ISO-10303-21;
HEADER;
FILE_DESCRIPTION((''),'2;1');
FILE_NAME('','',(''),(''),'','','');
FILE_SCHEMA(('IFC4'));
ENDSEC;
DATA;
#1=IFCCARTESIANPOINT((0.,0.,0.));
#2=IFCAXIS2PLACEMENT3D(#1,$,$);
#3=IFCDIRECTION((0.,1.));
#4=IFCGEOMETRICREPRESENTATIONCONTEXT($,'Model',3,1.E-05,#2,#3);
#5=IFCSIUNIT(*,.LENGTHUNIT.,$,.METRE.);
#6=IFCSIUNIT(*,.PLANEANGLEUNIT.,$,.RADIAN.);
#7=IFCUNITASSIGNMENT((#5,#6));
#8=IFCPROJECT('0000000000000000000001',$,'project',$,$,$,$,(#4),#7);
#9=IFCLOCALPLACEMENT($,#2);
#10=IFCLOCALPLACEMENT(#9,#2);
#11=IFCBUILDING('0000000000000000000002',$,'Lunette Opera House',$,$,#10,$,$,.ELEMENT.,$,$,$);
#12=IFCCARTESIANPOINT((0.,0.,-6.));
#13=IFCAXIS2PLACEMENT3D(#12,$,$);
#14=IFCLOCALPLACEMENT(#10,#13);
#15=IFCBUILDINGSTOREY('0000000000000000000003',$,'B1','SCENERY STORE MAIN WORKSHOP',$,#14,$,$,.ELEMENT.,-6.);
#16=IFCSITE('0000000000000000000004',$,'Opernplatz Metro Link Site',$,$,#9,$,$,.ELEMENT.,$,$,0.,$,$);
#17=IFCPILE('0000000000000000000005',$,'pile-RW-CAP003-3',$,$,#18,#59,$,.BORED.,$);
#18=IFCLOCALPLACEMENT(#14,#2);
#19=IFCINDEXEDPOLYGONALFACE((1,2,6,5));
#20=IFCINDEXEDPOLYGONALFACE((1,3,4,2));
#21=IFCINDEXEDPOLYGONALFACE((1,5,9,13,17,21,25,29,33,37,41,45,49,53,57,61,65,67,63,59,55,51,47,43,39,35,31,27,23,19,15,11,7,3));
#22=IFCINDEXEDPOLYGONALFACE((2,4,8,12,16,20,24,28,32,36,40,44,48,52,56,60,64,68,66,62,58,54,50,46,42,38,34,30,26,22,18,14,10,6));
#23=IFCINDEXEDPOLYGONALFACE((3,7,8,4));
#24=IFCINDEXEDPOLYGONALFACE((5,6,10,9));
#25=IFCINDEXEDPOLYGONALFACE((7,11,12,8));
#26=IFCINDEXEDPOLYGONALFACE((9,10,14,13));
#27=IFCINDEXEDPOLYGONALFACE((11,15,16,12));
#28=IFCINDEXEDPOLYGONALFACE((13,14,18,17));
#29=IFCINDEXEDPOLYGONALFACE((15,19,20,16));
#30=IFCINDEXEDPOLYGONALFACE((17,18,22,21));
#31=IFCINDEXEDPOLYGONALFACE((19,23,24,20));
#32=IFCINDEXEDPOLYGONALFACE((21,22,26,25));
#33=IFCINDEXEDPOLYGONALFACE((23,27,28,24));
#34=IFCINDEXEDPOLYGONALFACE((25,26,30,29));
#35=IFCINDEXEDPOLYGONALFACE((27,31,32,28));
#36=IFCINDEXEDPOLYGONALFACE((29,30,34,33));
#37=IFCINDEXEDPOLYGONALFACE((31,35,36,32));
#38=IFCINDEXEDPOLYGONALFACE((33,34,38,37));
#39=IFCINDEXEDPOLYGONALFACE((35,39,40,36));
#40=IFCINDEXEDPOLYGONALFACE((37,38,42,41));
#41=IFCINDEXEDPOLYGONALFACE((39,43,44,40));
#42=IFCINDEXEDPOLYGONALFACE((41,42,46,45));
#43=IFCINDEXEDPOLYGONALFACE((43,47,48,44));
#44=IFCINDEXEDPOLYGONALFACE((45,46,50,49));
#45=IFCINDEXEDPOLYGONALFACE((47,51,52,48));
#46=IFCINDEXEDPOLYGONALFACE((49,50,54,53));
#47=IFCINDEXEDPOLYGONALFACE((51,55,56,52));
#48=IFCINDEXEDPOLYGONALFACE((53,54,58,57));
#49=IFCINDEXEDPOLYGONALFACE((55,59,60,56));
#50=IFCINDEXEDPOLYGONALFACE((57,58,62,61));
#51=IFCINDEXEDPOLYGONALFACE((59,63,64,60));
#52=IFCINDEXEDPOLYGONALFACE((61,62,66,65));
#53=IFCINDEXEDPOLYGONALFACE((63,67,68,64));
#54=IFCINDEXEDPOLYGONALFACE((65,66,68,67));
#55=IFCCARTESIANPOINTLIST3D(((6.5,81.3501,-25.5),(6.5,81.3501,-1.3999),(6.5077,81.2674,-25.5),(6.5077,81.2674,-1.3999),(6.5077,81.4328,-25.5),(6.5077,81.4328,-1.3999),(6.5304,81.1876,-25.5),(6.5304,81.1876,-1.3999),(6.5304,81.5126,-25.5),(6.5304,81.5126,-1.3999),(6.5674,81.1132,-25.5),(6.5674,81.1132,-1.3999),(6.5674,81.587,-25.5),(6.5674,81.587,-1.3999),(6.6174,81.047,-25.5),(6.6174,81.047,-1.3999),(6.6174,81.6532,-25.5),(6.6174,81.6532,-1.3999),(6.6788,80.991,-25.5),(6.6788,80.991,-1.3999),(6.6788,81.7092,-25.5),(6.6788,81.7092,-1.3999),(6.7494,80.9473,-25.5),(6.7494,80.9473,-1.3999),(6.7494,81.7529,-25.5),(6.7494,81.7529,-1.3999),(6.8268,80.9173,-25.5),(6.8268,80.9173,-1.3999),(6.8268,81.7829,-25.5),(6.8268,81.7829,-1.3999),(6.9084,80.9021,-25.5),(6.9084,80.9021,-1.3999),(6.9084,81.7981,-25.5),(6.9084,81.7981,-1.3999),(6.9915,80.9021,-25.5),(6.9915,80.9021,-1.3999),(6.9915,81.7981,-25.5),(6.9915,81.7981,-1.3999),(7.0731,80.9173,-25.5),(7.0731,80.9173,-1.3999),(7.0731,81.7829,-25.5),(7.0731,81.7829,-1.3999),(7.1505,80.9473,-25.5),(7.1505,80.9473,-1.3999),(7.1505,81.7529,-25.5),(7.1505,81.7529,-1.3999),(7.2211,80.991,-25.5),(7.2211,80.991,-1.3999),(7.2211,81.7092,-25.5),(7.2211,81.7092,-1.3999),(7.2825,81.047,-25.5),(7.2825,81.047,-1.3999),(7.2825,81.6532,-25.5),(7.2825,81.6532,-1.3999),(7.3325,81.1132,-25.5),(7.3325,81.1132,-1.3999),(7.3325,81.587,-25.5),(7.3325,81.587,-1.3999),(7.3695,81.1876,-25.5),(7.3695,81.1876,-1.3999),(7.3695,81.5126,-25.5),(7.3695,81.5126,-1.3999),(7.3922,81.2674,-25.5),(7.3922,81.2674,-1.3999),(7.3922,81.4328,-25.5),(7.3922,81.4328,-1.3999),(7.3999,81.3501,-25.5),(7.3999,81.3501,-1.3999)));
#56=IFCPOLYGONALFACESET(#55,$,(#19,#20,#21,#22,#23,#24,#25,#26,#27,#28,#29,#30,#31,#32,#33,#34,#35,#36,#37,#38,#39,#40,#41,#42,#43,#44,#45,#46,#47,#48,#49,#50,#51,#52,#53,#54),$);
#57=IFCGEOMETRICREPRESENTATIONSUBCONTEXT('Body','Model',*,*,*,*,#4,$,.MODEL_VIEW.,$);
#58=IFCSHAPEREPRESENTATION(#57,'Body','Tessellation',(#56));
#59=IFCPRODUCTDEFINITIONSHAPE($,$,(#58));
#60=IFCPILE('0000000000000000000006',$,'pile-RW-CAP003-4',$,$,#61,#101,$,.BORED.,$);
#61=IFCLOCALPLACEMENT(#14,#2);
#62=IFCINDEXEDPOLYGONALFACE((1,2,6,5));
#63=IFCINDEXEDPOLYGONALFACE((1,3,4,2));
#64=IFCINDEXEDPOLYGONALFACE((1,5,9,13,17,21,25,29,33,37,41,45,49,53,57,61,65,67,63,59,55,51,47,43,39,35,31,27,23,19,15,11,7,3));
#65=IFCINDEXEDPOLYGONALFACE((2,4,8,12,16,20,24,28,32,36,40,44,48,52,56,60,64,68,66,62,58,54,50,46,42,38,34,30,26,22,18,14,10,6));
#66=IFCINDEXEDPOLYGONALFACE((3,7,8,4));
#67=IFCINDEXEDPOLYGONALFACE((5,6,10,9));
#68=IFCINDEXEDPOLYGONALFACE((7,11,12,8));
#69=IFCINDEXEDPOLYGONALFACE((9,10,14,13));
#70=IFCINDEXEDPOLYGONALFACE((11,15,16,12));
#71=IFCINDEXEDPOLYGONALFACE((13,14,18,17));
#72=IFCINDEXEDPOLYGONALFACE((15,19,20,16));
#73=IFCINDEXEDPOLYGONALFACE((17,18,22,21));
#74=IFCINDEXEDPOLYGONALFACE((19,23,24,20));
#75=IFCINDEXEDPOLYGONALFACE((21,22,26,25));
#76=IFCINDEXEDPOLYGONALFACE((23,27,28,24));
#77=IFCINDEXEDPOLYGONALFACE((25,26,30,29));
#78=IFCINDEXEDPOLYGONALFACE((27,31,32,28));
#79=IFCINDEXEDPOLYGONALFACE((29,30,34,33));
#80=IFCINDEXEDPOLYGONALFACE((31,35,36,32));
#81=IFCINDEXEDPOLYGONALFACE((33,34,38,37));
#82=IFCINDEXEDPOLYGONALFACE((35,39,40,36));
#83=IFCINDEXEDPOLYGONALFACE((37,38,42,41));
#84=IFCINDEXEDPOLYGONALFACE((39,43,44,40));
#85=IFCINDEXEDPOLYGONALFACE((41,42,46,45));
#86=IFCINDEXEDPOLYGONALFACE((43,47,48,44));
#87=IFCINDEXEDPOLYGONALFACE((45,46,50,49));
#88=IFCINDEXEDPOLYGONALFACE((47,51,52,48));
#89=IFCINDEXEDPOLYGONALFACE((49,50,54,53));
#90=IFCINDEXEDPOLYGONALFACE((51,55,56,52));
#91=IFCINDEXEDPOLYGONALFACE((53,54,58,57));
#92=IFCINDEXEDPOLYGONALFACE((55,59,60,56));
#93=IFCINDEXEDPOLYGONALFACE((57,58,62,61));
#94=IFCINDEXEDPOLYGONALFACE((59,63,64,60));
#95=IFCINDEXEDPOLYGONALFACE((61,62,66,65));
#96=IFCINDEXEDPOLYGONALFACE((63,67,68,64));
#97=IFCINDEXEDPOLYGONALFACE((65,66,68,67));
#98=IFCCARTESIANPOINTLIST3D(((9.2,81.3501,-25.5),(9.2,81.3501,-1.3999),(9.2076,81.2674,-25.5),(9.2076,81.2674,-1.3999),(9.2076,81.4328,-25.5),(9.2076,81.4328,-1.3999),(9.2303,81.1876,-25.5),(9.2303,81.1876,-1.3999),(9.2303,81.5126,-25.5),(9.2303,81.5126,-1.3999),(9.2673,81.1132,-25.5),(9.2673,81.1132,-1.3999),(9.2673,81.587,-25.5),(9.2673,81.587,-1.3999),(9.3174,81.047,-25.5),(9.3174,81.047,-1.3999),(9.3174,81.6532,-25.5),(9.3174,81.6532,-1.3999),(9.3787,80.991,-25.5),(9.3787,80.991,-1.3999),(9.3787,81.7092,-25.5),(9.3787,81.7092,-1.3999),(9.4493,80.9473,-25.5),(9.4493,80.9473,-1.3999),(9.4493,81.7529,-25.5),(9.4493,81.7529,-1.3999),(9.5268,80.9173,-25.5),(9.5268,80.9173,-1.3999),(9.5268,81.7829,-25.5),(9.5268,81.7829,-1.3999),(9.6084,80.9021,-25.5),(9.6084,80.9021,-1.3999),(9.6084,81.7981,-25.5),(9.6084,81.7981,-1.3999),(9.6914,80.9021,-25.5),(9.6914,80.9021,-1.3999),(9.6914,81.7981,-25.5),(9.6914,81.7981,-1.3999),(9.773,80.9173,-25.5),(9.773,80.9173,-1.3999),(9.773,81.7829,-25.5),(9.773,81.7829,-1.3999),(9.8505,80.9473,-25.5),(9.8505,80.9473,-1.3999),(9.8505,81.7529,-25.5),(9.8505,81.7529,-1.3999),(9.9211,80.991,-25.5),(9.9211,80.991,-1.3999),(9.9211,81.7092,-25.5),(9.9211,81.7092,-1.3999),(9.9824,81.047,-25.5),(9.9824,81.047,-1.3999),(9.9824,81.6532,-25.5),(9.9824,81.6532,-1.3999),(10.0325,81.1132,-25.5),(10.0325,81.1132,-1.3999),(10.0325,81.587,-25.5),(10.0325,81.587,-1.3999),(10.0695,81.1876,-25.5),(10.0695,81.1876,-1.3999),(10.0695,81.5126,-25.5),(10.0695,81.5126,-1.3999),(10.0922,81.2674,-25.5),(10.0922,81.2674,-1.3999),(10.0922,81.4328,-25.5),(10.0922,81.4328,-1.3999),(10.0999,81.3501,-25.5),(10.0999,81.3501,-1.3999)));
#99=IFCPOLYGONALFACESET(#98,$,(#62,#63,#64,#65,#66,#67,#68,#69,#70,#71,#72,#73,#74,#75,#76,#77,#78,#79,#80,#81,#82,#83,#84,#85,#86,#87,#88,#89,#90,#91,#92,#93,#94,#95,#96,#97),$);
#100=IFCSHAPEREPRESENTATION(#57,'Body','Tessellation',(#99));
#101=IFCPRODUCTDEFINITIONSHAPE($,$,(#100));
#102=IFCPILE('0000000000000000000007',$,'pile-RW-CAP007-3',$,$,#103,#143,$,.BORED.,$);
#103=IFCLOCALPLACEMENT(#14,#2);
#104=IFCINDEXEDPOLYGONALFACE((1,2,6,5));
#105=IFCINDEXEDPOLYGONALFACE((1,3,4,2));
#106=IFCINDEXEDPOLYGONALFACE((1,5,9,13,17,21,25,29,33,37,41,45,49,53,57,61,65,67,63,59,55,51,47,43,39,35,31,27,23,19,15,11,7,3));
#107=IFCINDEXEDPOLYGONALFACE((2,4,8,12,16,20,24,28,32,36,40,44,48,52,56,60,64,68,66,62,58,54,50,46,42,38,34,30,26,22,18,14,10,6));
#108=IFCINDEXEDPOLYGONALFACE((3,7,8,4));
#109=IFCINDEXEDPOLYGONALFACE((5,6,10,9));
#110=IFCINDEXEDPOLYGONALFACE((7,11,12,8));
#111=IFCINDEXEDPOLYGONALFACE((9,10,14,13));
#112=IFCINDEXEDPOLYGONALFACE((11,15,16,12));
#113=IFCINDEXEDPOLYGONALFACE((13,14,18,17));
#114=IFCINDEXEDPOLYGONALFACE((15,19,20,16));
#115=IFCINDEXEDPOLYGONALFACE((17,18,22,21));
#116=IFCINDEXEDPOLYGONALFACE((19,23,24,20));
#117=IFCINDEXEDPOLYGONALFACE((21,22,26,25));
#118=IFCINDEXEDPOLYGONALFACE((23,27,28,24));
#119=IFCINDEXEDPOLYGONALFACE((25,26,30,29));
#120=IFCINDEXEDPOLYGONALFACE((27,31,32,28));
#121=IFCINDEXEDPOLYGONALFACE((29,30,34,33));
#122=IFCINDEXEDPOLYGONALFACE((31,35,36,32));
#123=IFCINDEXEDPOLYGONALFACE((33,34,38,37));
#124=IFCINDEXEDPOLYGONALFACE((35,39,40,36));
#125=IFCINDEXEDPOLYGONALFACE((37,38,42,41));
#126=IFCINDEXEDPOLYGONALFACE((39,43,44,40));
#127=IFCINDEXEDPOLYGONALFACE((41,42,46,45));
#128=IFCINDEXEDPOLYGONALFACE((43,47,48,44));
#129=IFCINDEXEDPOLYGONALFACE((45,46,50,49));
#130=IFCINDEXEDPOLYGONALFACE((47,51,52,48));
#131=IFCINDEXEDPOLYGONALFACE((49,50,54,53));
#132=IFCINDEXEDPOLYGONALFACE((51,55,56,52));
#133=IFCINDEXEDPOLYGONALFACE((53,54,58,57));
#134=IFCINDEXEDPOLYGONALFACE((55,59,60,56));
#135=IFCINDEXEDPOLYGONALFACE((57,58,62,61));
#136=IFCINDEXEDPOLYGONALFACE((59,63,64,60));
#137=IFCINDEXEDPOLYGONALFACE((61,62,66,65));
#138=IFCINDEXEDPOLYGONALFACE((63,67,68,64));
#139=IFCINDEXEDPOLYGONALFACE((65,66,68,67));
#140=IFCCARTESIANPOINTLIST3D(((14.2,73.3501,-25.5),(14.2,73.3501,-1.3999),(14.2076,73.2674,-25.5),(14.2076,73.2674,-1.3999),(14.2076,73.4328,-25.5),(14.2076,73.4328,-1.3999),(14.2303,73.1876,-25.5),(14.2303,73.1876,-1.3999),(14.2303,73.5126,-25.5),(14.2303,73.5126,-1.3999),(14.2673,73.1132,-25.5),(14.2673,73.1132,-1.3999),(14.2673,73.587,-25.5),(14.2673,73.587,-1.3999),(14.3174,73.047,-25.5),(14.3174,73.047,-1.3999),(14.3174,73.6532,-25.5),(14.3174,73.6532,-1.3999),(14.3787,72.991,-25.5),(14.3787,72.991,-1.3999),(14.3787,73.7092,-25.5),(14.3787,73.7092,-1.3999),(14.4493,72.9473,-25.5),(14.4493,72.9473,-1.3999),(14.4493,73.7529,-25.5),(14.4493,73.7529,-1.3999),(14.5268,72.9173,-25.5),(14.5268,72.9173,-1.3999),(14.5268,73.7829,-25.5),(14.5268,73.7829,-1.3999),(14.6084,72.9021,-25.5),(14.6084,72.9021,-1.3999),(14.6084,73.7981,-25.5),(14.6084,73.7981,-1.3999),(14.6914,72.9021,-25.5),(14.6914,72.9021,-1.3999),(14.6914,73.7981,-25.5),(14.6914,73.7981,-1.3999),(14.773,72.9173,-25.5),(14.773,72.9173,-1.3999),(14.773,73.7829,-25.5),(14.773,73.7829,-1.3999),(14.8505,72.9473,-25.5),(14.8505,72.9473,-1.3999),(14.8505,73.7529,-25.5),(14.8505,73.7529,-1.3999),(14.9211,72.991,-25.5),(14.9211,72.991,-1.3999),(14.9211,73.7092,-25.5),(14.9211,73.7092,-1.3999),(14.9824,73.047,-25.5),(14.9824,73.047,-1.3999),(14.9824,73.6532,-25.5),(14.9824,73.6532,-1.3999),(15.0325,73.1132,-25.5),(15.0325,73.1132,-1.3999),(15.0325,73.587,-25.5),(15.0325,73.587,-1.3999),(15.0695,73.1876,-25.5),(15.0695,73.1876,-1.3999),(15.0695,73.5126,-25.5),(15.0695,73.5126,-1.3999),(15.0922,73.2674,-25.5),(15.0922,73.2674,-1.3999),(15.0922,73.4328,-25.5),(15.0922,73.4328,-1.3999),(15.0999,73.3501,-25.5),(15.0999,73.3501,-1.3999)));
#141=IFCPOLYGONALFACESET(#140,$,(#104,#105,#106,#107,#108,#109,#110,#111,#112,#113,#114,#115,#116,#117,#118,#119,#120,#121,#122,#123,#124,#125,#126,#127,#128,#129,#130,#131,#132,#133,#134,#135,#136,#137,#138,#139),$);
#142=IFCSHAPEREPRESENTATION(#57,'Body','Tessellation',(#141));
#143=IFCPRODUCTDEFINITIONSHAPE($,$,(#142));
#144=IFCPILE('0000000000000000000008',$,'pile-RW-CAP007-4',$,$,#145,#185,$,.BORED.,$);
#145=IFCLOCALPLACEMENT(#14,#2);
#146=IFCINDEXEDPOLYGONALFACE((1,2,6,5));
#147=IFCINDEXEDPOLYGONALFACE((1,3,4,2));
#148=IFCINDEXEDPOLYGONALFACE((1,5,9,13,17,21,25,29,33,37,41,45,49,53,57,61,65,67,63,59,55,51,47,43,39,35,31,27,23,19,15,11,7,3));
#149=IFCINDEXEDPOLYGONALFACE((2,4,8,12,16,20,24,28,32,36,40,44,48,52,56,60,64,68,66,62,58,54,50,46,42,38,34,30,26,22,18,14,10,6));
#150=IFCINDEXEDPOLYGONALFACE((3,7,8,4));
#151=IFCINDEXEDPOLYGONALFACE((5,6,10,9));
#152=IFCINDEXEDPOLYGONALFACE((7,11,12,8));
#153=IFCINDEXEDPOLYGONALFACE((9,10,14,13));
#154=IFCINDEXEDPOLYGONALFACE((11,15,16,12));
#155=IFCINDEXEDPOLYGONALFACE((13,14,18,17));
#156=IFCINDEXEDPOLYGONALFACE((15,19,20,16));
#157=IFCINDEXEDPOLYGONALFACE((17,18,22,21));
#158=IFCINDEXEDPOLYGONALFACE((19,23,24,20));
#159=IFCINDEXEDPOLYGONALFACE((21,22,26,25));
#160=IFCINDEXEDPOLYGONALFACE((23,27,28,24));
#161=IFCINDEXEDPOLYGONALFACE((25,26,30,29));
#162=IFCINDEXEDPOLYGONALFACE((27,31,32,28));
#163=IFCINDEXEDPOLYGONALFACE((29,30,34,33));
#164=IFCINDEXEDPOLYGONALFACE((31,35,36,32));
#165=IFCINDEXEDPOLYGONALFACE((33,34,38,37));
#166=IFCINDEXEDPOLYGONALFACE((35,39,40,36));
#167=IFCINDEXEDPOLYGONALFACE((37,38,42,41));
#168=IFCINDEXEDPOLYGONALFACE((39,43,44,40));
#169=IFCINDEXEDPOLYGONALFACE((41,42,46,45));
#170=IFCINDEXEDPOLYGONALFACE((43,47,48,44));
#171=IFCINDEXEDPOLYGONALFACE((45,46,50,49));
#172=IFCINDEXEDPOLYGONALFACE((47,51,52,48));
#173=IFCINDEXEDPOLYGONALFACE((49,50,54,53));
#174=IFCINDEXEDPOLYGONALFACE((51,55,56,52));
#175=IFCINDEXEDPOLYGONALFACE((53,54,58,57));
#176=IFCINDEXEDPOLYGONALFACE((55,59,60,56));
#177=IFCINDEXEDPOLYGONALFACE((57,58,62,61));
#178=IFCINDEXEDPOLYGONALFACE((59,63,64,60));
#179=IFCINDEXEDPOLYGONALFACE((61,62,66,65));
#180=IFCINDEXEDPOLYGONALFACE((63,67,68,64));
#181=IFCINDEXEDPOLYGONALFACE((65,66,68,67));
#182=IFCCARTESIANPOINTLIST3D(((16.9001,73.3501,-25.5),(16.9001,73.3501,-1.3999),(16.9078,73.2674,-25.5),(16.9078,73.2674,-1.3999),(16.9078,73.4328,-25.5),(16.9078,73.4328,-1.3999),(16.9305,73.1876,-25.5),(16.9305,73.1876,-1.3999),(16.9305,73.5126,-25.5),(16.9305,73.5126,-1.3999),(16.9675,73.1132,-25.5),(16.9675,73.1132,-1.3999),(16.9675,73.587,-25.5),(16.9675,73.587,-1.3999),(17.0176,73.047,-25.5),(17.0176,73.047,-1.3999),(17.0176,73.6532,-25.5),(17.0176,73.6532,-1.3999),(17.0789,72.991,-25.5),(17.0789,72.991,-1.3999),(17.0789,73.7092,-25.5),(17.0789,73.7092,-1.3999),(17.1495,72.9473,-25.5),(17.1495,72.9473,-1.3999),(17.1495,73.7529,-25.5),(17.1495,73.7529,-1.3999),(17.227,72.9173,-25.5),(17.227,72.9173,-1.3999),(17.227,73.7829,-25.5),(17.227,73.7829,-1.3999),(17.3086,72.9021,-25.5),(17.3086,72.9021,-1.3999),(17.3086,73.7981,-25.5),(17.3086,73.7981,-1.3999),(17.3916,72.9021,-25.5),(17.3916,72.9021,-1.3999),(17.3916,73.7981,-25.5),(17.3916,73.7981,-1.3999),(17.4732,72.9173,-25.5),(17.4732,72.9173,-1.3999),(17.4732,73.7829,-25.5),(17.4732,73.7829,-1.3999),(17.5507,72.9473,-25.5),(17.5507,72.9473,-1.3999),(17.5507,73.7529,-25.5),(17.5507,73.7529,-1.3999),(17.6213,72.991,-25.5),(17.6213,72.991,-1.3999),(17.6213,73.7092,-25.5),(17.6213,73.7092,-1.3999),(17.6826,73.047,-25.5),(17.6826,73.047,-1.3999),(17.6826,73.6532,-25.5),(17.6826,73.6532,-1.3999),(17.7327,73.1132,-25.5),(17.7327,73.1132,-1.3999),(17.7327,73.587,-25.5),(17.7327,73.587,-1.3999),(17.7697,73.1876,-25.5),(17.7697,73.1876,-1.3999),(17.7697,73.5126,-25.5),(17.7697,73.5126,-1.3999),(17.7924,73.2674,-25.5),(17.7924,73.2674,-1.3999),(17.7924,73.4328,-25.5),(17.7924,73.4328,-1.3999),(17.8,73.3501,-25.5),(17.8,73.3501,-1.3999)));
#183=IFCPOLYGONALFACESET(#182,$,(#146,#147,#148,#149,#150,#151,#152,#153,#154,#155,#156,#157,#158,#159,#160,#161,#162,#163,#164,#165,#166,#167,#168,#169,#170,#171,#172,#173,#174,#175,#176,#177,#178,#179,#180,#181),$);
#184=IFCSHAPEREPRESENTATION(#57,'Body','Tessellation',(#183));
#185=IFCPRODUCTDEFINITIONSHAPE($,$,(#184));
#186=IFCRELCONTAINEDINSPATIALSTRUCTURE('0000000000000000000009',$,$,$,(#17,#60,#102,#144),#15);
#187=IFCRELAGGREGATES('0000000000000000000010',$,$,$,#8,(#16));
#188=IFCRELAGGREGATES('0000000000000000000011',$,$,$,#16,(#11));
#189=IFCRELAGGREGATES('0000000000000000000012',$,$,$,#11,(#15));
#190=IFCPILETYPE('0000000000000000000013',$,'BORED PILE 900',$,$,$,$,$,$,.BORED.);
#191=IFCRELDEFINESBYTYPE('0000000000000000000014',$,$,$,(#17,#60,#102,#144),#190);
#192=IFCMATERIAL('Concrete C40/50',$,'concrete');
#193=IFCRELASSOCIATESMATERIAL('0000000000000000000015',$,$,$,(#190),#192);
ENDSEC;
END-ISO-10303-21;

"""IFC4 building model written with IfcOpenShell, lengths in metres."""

from ifc_helpers import new_model, si_unit, direction, frame, origin, origin_2d, place, context, subcontext, project, spatial, circle, extrude, material, material_profile, profile_set, type_object, element, save


model = new_model("IFC4")

# Units and contexts
model_context = context("Model", 3, precision=1e-05, world=origin(), true_north=direction((0.0, 1.0)))
body_context = subcontext(model_context, "Body", "Model", "MODEL_VIEW")
ifc_project = project(units=[si_unit("LENGTHUNIT", "METRE"), si_unit("PLANEANGLEUNIT", "RADIAN")], contexts=[model_context])

# Site, building, storey
site_placement = place(None, origin())
site = spatial("IfcSite", under=ifc_project, at=site_placement, Name="Opernplatz Metro Link Site", CompositionType="ELEMENT", RefElevation=0.0)
building_placement = place(site_placement, origin())
building = spatial("IfcBuilding", under=site, at=building_placement, Name="Lunette Opera House", CompositionType="ELEMENT")
storey_placement = place(building_placement, frame((0.0, 0.0, -6.0)))
storey = spatial("IfcBuildingStorey", under=building, at=storey_placement, Name="B1", Description="SCENERY STORE MAIN WORKSHOP", CompositionType="ELEMENT", Elevation=-6.0)

# Piles
ifc_material_1 = material(Name="Concrete C40/50", Category="concrete")
ifc_material_profile_1 = material_profile(ifc_material_1, circle(Radius=0.45, at=origin_2d()), Name="BORED PILE 900")
ifc_profile_set_1 = profile_set([ifc_material_profile_1], Name="Concrete C40/50")
pile_type = type_object("IfcPileType", Name="BORED PILE 900", PredefinedType="BORED", material=ifc_profile_set_1)
for number, where, z_axis, x_axis, name in (
    (1, (6.95, 81.3501, -1.3999), (0.0, 0.0, -1.0), (1.0, 0.0, 0.0), "pile-RW-CAP003-3"),
    (2, (9.6499, 81.3501, -1.3999), (0.0, 0.0, -1.0), (1.0, 0.0, 0.0), "pile-RW-CAP003-4"),
    (3, (14.6499, 73.3501, -1.3999), (0.0, 0.0, -1.0), (1.0, 0.0, 0.0), "pile-RW-CAP007-3"),
    (4, (17.3501, 73.3501, -1.3999), (0.0, 0.0, -1.0), (1.0, 0.0, 0.0), "pile-RW-CAP007-4"),
):
    element("IfcPile", number, at=place(storey_placement, frame(where, z_axis=z_axis, x_axis=x_axis)), inside=storey, type_object=pile_type, Name=name, PredefinedType="BORED", context=body_context, shape_type="SweptSolid", body=[
        extrude(circle(Radius=0.45, at=origin_2d()), origin(), (0.0, 0.0, 1.0), 24.1001),
    ])

save(model, "model.ifc")
